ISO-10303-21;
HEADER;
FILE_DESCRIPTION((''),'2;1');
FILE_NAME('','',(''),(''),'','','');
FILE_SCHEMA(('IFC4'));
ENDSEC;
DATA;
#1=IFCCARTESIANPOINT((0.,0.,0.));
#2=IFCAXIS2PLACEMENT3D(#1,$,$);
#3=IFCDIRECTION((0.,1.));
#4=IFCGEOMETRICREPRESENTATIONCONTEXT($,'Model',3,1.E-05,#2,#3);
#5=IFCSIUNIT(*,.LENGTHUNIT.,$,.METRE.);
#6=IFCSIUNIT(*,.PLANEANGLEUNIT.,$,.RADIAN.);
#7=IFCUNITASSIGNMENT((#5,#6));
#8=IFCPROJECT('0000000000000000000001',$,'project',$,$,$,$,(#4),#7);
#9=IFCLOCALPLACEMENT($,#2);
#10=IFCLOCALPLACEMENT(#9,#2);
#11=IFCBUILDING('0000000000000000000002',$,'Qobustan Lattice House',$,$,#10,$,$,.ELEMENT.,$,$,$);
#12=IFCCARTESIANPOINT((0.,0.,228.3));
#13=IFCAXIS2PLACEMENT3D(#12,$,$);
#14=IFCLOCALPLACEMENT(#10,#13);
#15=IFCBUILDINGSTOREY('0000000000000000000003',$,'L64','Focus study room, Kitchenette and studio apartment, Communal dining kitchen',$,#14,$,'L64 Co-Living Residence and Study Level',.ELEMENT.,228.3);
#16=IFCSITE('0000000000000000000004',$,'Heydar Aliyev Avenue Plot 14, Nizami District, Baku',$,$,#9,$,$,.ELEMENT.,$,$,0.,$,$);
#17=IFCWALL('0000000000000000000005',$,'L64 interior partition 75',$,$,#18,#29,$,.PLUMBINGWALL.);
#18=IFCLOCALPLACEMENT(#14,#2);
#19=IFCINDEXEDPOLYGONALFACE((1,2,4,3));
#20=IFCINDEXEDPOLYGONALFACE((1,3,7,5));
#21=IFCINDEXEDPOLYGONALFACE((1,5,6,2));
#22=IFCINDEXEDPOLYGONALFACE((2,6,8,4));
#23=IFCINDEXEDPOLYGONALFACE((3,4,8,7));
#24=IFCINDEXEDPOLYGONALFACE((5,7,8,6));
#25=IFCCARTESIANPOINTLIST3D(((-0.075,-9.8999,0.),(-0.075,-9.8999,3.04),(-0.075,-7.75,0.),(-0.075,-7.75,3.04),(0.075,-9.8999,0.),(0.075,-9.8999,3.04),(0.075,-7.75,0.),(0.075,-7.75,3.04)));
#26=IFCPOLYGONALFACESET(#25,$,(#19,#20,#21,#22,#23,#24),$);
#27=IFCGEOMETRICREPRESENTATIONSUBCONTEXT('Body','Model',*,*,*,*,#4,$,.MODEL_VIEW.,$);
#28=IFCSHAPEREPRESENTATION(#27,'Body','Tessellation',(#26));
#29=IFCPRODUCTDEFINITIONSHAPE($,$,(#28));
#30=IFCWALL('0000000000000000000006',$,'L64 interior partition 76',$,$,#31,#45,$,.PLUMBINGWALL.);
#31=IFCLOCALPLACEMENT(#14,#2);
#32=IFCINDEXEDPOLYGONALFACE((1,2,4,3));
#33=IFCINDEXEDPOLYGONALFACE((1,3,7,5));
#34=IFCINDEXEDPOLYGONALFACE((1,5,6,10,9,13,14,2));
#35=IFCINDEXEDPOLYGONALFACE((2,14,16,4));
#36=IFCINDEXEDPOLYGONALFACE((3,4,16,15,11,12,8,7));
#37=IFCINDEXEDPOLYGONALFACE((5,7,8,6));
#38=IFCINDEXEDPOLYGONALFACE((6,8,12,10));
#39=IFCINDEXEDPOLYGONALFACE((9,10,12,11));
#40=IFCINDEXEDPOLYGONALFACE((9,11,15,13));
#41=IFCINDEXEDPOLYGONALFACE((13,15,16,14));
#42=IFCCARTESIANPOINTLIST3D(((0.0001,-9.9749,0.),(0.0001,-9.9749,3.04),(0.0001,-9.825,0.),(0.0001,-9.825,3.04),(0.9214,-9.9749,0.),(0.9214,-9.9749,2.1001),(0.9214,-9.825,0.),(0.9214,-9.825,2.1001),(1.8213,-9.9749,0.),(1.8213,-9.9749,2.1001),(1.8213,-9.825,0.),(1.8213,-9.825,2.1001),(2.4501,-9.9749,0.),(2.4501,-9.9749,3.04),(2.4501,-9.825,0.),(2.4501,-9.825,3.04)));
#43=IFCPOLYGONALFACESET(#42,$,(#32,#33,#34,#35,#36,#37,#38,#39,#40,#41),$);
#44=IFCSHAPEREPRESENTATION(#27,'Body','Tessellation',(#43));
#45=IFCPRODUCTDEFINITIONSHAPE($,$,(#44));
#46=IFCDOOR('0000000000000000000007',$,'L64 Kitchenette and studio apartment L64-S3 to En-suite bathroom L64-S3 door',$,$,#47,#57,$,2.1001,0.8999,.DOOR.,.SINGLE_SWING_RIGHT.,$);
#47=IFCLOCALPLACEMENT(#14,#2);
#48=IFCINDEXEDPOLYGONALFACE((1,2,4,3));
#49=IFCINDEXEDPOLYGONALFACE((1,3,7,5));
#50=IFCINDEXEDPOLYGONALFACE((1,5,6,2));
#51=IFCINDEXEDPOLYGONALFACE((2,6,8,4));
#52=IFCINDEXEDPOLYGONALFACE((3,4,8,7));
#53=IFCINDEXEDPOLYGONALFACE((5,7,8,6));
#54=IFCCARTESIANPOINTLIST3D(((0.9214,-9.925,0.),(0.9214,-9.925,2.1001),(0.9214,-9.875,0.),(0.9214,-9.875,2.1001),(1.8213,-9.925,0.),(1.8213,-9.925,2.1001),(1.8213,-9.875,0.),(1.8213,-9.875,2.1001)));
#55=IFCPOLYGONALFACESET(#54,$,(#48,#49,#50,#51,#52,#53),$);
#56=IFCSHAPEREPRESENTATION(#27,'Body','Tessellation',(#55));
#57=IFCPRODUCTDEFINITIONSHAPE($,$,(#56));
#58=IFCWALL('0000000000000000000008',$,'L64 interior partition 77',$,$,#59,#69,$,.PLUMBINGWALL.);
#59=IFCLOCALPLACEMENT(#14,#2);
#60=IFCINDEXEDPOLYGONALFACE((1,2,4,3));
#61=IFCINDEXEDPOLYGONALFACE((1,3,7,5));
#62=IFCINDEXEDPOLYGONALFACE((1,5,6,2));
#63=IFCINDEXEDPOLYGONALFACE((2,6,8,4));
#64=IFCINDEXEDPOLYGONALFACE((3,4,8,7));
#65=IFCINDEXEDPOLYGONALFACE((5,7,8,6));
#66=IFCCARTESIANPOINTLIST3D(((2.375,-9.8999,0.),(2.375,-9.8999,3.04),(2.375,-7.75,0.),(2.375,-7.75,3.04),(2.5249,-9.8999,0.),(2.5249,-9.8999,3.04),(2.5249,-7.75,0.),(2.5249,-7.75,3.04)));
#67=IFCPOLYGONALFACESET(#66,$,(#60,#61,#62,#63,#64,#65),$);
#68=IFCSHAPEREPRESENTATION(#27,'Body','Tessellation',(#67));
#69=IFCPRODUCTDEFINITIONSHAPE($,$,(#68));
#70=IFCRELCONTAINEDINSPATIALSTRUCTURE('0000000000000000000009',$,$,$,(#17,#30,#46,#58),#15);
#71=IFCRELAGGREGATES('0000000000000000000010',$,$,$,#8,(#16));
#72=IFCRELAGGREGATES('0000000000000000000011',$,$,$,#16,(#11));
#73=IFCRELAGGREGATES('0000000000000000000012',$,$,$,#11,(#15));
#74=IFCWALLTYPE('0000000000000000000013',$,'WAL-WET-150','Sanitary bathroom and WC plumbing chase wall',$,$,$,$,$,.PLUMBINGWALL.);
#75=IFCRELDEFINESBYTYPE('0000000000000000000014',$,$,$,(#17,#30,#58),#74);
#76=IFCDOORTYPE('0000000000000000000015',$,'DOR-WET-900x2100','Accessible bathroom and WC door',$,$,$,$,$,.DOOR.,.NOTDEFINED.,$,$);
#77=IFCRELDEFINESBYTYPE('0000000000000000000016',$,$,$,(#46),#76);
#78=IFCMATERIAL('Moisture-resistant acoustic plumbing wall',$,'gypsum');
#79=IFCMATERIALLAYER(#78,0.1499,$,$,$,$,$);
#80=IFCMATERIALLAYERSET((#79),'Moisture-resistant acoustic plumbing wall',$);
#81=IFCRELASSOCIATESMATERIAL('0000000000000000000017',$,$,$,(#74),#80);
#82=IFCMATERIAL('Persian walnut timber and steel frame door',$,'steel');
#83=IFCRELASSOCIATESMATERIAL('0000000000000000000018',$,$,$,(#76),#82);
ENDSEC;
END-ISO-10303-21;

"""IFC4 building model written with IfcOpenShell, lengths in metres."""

from ifc_helpers import new_model, si_unit, direction, frame, frame_2d, origin, place, context, subcontext, project, spatial, rectangle, extrude, material, layer, layer_set, type_object, element, fill, save


model = new_model("IFC4")

# Units and contexts
model_context = context("Model", 3, precision=1e-05, world=origin(), true_north=direction((0.0, 1.0)))
body_context = subcontext(model_context, "Body", "Model", "MODEL_VIEW")
ifc_project = project(units=[si_unit("LENGTHUNIT", "METRE"), si_unit("PLANEANGLEUNIT", "RADIAN")], contexts=[model_context])

# Site, building, storey
site_placement = place(None, origin())
site = spatial("IfcSite", under=ifc_project, at=site_placement, Name="Heydar Aliyev Avenue Plot 14, Nizami District, Baku", CompositionType="ELEMENT", RefElevation=0.0)
building_placement = place(site_placement, origin())
building = spatial("IfcBuilding", under=site, at=building_placement, Name="Qobustan Lattice House", CompositionType="ELEMENT")
storey_placement = place(building_placement, frame((0.0, 0.0, 228.3)))
storey = spatial("IfcBuildingStorey", under=building, at=storey_placement, Name="L64", Description="Focus study room, Kitchenette and studio apartment, Communal dining kitchen", LongName="L64 Co-Living Residence and Study Level", CompositionType="ELEMENT", Elevation=228.3)

# Wall
ifc_material_1 = material(Name="Moisture-resistant acoustic plumbing wall", Category="gypsum")
ifc_layer_1 = layer(ifc_material_1, 0.1499)
ifc_layer_set_1 = layer_set([ifc_layer_1], Name="Moisture-resistant acoustic plumbing wall")
wall_type_1 = type_object("IfcWallType", Name="WAL-WET-150", Description="Sanitary bathroom and WC plumbing chase wall", PredefinedType="PLUMBINGWALL", material=ifc_layer_set_1)
wall_1_placement = place(storey_placement, frame((0.0, -7.75, 0.0), z_axis=(0.0, 0.0, 1.0), x_axis=(0.0, -1.0, 0.0)))
element("IfcWall", 1, at=wall_1_placement, inside=storey, type_object=wall_type_1, Name="L64 interior partition 75", PredefinedType="PLUMBINGWALL", context=body_context, shape_type="SweptSolid", body=[
    extrude(rectangle(XDim=2.1499, YDim=0.1499, at=frame_2d((1.075, 0.0))), origin(), (0.0, 0.0, 1.0), 3.04),
])

# Wall, opening, door
wall_2_placement = place(storey_placement, frame((0.0, -9.8999, 0.0), z_axis=(0.0, 0.0, 1.0), x_axis=(1.0, 0.0, 0.0)))
wall_2 = element("IfcWall", 2, at=wall_2_placement, inside=storey, type_object=wall_type_1, Name="L64 interior partition 76", PredefinedType="PLUMBINGWALL", context=body_context, shape_type="SweptSolid", body=[
    extrude(rectangle(XDim=2.45, YDim=0.1499, at=frame_2d((1.2251, 0.0))), origin(), (0.0, 0.0, 1.0), 3.04),
])
opening_1_placement = place(wall_2_placement, frame((0.9214, 0.0, 0.0)))
opening_1 = element("IfcOpeningElement", 3, at=opening_1_placement, cuts=wall_2, PredefinedType="OPENING", context=body_context, shape_type="SweptSolid", body=[
    extrude(rectangle(XDim=0.8999, YDim=2.1001, at=frame_2d((0.45, 1.05))), frame((0.0, 0.085, 0.0), z_axis=(0.0, -1.0, 0.0), x_axis=(1.0, 0.0, 0.0)), (0.0, 0.0, 1.0), 0.1699),
])
ifc_material_2 = material(Name="Persian walnut timber and steel frame door", Category="steel")
door_type_1 = type_object("IfcDoorType", Name="DOR-WET-900x2100", Description="Accessible bathroom and WC door", OperationType="NOTDEFINED", PredefinedType="DOOR", material=ifc_material_2)
door_1_placement = place(opening_1_placement, origin())
door_1 = element("IfcDoor", 4, at=door_1_placement, inside=storey, type_object=door_type_1, Name="L64 Kitchenette and studio apartment L64-S3 to En-suite bathroom L64-S3 door", OperationType="SINGLE_SWING_RIGHT", OverallHeight=2.1001, OverallWidth=0.8999, PredefinedType="DOOR", context=body_context, shape_type="SweptSolid", body=[
    extrude(rectangle(XDim=0.8999, YDim=2.1001, at=frame_2d((0.45, 1.05))), frame((0.0, 0.0249, 0.0), z_axis=(0.0, -1.0, 0.0), x_axis=(1.0, 0.0, 0.0)), (0.0, 0.0, 1.0), 0.05),
])
fill(opening_1, door_1)

# Wall
wall_3_placement = place(storey_placement, frame((2.45, -9.8999, 0.0), z_axis=(0.0, 0.0, 1.0), x_axis=(0.0, 1.0, 0.0)))
element("IfcWall", 5, at=wall_3_placement, inside=storey, type_object=wall_type_1, Name="L64 interior partition 77", PredefinedType="PLUMBINGWALL", context=body_context, shape_type="SweptSolid", body=[
    extrude(rectangle(XDim=2.1499, YDim=0.1499, at=frame_2d((1.075, 0.0))), origin(), (0.0, 0.0, 1.0), 3.04),
])

save(model, "model.ifc")
